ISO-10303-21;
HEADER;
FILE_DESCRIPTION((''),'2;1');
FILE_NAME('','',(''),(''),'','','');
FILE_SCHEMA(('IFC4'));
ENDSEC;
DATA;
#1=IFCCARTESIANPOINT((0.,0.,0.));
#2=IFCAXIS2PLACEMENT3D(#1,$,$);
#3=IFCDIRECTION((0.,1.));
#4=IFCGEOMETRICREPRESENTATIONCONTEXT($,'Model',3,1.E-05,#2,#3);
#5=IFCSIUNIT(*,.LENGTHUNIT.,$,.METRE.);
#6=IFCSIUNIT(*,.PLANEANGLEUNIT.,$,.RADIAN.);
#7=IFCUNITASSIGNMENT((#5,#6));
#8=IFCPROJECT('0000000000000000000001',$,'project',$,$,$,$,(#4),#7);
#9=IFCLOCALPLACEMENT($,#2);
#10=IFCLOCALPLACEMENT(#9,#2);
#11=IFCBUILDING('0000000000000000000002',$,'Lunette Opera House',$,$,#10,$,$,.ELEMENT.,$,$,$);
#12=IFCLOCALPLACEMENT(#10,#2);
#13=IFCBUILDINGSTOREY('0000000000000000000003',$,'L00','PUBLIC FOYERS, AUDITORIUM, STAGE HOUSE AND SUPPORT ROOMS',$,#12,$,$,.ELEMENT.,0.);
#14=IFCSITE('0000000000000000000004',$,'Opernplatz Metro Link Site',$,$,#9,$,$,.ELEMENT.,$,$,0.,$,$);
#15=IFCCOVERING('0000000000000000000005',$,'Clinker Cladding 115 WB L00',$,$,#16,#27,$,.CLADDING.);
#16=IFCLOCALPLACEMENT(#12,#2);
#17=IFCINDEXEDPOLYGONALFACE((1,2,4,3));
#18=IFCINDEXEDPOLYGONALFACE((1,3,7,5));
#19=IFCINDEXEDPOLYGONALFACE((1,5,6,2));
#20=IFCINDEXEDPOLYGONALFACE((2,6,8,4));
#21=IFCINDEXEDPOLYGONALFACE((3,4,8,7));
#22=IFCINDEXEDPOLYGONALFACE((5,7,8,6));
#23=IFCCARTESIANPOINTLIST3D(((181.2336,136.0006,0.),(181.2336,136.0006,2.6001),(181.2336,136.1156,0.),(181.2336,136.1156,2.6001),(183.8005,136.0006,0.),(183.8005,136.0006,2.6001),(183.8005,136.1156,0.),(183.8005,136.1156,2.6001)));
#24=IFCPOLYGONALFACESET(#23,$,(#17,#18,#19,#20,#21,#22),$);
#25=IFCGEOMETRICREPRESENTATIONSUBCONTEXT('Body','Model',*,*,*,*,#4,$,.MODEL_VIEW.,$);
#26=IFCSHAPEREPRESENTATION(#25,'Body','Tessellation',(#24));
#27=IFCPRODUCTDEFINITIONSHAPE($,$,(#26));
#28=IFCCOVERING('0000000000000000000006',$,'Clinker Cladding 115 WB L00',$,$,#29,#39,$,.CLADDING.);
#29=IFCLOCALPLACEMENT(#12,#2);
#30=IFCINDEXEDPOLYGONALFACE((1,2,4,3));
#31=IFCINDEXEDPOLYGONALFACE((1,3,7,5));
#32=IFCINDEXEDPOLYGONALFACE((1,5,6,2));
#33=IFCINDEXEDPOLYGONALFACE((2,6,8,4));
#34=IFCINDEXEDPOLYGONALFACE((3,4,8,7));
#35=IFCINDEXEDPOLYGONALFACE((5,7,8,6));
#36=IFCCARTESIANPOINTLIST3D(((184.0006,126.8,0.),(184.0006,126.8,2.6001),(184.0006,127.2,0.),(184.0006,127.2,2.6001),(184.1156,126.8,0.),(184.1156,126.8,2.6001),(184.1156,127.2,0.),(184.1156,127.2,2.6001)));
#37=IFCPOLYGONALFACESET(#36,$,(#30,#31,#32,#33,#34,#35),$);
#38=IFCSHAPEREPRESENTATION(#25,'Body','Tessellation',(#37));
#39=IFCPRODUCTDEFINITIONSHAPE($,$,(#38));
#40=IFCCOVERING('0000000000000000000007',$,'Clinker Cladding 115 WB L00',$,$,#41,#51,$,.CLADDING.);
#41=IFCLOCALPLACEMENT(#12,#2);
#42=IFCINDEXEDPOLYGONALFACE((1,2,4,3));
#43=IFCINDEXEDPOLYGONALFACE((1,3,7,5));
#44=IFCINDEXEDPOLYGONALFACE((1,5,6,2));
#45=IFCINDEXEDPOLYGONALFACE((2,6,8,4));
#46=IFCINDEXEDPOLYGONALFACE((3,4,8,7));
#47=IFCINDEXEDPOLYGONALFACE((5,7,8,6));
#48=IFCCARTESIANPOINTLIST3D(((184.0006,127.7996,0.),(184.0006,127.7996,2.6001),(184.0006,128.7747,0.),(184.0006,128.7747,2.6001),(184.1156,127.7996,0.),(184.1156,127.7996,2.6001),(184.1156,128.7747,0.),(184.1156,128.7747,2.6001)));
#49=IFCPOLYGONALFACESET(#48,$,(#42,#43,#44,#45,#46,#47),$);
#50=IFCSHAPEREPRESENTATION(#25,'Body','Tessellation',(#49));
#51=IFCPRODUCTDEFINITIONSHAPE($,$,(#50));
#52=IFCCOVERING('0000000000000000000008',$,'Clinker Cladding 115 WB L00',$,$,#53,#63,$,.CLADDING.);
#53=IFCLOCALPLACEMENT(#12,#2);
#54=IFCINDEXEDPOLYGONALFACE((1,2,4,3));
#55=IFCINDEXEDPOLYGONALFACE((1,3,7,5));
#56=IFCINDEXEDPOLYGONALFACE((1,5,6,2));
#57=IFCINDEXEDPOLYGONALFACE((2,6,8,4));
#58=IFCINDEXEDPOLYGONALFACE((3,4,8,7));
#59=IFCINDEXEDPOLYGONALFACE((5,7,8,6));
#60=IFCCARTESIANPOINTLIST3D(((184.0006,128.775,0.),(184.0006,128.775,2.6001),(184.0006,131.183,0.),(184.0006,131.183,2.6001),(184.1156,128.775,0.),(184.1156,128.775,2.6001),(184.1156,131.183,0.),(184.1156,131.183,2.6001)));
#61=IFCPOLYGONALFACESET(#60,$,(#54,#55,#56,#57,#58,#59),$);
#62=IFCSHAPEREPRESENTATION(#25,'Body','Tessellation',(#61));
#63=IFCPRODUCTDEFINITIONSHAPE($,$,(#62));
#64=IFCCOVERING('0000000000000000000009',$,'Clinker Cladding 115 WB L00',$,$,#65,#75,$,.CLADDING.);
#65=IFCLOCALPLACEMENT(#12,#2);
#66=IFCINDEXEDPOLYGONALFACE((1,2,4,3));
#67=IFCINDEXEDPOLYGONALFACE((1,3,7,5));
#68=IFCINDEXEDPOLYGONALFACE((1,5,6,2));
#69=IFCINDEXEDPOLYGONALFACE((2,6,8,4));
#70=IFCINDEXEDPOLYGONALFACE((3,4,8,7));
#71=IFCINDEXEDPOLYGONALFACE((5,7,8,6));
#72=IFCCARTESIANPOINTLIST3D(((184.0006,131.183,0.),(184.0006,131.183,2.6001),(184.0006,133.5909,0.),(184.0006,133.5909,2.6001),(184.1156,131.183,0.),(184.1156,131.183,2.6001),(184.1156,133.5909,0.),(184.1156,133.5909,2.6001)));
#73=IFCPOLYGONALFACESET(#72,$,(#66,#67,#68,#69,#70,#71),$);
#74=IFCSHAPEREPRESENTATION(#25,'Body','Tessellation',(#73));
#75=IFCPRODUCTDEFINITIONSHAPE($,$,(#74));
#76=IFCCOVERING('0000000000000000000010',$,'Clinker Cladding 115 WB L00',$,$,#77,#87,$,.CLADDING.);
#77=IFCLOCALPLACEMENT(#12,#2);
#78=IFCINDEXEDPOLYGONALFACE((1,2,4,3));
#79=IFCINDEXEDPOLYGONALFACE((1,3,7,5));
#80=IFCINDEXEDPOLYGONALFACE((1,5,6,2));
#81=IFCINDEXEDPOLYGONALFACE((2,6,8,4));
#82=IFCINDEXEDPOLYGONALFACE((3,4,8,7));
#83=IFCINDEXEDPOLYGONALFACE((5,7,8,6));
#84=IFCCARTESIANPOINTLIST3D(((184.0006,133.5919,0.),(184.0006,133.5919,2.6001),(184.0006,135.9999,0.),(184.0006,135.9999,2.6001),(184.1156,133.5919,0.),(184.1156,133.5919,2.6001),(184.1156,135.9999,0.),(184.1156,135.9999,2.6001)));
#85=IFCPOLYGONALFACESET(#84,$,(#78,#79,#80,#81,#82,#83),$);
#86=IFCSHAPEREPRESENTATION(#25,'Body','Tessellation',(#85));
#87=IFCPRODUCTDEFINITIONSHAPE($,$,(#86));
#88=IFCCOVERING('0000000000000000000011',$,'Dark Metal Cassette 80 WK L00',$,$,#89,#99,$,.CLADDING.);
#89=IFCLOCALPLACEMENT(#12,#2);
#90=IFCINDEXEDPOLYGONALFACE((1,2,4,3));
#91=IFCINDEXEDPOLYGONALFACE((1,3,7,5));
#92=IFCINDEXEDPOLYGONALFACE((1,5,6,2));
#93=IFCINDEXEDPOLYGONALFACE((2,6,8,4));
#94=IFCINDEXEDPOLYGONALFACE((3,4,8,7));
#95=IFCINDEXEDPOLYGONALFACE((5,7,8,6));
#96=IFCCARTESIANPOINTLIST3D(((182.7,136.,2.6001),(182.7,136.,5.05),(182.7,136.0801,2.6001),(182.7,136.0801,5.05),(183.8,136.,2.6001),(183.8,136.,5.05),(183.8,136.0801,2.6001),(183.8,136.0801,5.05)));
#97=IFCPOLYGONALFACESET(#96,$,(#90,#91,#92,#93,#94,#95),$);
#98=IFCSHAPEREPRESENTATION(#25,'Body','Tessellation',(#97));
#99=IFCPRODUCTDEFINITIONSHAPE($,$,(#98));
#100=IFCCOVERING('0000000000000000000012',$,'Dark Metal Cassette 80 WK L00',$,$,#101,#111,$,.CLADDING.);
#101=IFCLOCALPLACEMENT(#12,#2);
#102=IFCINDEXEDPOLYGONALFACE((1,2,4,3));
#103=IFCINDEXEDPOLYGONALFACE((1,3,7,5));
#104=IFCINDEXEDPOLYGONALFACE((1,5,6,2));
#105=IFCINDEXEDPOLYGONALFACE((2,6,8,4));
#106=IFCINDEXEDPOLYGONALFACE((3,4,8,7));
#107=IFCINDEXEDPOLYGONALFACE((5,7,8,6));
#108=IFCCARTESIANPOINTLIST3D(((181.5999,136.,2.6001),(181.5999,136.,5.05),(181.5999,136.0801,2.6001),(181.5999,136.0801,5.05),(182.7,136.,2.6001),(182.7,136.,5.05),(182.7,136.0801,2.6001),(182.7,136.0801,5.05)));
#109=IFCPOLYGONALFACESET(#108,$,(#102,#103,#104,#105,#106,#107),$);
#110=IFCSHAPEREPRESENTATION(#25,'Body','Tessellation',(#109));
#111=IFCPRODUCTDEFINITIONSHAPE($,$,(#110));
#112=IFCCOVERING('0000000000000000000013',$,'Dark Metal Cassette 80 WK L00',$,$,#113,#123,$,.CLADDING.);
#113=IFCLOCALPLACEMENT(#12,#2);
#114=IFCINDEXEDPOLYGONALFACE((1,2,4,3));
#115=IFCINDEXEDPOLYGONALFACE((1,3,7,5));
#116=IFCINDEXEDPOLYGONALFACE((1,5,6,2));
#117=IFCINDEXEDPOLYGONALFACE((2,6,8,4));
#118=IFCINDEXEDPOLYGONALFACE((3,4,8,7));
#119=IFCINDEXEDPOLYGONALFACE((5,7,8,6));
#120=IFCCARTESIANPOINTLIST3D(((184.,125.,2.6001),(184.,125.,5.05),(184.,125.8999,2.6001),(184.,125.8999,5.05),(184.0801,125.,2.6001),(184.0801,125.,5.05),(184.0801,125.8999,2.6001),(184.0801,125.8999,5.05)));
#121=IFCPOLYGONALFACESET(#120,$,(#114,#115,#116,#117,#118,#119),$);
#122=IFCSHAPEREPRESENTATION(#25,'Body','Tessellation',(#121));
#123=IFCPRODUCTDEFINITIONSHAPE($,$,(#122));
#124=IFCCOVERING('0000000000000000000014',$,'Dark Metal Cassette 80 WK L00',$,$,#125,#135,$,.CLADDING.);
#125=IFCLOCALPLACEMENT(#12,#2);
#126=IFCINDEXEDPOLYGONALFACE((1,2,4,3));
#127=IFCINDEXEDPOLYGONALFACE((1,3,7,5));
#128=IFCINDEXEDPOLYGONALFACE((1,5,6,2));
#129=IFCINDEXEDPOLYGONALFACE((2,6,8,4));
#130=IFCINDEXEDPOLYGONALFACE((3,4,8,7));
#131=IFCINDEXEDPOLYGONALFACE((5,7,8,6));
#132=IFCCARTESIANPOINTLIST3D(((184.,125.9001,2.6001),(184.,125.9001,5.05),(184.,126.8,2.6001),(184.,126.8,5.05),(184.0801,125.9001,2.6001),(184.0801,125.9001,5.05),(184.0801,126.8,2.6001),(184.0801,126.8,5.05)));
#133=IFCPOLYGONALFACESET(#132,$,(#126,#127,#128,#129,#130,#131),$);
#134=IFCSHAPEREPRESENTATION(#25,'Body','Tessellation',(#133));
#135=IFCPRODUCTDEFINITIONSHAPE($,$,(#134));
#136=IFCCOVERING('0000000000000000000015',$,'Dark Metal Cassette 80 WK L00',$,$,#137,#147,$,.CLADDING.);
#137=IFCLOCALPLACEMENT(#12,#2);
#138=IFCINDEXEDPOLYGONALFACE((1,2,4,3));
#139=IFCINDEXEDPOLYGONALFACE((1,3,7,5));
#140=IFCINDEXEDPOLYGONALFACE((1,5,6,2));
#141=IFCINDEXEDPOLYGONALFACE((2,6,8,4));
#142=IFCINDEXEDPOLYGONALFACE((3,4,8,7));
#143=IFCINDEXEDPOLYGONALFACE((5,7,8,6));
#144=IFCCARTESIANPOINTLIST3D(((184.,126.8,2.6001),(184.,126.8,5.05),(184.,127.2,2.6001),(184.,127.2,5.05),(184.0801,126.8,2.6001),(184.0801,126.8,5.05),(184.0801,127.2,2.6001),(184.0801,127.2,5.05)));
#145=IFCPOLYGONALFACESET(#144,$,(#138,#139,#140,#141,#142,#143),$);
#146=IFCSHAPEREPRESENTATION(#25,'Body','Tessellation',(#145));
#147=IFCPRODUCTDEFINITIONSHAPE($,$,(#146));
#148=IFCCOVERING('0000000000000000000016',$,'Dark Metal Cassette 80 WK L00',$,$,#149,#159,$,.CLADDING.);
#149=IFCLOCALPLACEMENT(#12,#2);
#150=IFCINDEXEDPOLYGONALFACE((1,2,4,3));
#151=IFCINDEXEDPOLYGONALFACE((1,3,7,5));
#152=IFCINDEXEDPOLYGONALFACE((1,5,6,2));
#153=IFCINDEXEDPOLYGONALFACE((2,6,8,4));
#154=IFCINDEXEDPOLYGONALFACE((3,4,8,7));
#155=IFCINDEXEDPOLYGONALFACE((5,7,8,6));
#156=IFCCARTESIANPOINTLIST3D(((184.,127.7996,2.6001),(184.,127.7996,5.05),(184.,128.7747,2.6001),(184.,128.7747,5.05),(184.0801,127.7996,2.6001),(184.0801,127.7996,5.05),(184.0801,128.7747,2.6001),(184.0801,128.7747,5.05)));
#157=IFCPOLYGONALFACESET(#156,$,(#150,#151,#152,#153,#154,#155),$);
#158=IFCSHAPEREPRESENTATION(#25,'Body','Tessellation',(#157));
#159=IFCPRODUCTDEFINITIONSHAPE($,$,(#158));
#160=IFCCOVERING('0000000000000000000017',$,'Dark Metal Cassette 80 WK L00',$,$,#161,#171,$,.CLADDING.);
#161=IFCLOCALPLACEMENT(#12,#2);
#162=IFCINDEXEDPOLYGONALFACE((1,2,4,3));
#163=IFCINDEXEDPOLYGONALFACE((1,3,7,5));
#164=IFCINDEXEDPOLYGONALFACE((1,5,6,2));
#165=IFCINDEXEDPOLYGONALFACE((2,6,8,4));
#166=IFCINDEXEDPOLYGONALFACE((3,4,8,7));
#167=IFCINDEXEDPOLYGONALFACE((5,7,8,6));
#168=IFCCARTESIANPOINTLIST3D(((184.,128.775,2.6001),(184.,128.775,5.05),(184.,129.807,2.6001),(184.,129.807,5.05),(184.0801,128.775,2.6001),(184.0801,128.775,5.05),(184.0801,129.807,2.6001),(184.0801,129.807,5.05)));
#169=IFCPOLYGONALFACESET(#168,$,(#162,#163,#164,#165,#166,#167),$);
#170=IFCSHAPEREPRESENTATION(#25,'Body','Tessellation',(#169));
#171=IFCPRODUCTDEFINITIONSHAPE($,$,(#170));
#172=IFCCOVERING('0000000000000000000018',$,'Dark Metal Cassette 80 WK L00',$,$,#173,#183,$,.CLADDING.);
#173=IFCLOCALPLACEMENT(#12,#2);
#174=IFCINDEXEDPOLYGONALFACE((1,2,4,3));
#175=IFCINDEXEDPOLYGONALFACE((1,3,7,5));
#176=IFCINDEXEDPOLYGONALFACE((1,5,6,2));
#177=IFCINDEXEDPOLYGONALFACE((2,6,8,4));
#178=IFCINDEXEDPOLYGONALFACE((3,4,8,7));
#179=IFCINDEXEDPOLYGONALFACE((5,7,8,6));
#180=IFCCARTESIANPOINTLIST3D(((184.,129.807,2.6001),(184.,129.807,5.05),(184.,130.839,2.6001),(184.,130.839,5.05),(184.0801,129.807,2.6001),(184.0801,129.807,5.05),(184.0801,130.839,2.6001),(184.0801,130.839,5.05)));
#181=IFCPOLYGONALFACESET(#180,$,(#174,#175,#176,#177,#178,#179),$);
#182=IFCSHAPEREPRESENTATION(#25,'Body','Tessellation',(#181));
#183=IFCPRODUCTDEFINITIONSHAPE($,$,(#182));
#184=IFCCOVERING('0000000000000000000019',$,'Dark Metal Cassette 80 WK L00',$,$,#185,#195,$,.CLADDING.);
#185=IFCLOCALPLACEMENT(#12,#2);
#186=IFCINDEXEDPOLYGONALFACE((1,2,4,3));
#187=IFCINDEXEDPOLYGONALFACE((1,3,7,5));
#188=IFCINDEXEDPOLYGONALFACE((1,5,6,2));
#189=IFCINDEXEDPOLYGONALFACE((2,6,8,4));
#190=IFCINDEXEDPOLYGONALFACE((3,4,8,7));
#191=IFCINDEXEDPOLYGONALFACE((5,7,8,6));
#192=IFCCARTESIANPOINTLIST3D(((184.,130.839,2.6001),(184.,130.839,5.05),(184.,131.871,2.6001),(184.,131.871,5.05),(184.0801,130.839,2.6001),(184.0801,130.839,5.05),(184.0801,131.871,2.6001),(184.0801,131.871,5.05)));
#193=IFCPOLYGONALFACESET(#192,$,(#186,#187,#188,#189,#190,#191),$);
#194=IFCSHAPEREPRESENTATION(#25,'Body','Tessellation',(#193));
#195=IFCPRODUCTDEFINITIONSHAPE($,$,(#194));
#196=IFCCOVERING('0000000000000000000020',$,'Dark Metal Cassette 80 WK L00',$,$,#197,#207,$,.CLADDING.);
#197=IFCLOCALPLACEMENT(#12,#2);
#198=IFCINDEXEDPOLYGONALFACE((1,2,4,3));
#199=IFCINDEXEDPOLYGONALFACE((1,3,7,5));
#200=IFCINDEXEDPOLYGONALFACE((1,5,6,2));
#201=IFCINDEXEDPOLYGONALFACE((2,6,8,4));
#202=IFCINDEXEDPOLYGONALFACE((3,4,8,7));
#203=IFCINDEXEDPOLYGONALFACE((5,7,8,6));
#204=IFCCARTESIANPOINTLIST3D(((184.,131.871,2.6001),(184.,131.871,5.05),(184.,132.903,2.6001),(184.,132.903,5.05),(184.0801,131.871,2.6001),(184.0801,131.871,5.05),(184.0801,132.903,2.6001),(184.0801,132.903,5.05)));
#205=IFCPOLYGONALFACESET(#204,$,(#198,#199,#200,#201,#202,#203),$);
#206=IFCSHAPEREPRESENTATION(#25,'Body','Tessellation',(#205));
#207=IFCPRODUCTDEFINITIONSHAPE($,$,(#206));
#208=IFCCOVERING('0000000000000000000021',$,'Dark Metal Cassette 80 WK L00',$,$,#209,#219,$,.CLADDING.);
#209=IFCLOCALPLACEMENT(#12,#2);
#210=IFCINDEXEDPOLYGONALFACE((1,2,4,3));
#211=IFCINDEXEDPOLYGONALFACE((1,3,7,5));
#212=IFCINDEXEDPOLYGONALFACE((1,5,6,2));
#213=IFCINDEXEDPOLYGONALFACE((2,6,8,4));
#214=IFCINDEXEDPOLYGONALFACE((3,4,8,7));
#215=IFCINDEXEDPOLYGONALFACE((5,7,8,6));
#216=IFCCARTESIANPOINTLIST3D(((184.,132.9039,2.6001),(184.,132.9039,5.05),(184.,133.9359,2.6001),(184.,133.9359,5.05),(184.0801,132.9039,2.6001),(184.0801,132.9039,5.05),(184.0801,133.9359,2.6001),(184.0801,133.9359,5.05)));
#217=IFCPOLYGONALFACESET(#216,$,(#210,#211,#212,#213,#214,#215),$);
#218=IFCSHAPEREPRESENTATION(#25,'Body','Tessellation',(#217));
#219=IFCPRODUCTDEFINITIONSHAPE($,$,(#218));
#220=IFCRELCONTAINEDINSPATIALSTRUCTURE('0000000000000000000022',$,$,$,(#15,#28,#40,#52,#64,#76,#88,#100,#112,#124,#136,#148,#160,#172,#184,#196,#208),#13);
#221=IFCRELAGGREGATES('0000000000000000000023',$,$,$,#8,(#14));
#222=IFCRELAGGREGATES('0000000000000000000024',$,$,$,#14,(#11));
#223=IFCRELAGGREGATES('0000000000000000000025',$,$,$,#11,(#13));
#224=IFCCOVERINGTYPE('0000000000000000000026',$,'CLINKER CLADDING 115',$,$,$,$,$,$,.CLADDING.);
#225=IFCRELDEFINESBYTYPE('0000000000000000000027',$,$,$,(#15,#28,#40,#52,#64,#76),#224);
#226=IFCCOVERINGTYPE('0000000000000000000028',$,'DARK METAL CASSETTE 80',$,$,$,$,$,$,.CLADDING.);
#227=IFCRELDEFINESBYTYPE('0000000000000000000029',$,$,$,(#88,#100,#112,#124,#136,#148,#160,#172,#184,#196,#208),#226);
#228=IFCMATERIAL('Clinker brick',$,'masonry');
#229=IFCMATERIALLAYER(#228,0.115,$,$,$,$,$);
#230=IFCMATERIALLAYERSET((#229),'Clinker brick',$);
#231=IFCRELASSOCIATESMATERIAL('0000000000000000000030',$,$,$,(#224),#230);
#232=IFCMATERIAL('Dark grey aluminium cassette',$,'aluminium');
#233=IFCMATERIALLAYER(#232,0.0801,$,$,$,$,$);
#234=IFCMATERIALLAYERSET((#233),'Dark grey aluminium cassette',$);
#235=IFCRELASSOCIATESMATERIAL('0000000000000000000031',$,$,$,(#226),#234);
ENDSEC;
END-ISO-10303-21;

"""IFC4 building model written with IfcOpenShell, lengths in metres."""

from ifc_helpers import new_model, si_unit, direction, frame, origin, origin_2d, place, context, subcontext, project, spatial, rectangle, extrude, material, layer, layer_set, type_object, element, save


model = new_model("IFC4")

# Units and contexts
model_context = context("Model", 3, precision=1e-05, world=origin(), true_north=direction((0.0, 1.0)))
body_context = subcontext(model_context, "Body", "Model", "MODEL_VIEW")
ifc_project = project(units=[si_unit("LENGTHUNIT", "METRE"), si_unit("PLANEANGLEUNIT", "RADIAN")], contexts=[model_context])

# Site, building, storey
site_placement = place(None, origin())
site = spatial("IfcSite", under=ifc_project, at=site_placement, Name="Opernplatz Metro Link Site", CompositionType="ELEMENT", RefElevation=0.0)
building_placement = place(site_placement, origin())
building = spatial("IfcBuilding", under=site, at=building_placement, Name="Lunette Opera House", CompositionType="ELEMENT")
storey_placement = place(building_placement, origin())
storey = spatial("IfcBuildingStorey", under=building, at=storey_placement, Name="L00", Description="PUBLIC FOYERS, AUDITORIUM, STAGE HOUSE AND SUPPORT ROOMS", CompositionType="ELEMENT", Elevation=0.0)

# Coverings
ifc_material_1 = material(Name="Clinker brick", Category="masonry")
ifc_layer_1 = layer(ifc_material_1, 0.115)
ifc_layer_set_1 = layer_set([ifc_layer_1], Name="Clinker brick")
covering_type_1 = type_object("IfcCoveringType", Name="CLINKER CLADDING 115", PredefinedType="CLADDING", material=ifc_layer_set_1)
covering_1_placement = place(storey_placement, frame((182.5171, 136.0581, 0.0), z_axis=(0.0, 0.0, 1.0), x_axis=(-1.0, 0.0, 0.0)))
element("IfcCovering", 1, at=covering_1_placement, inside=storey, type_object=covering_type_1, Name="Clinker Cladding 115 WB L00", PredefinedType="CLADDING", context=body_context, shape_type="SweptSolid", body=[
    extrude(rectangle(XDim=2.5669, YDim=0.115, at=origin_2d()), origin(), (0.0, 0.0, 1.0), 2.6001),
])
covering_2_placement = place(storey_placement, frame((184.0581, 127.0, 0.0), z_axis=(0.0, 0.0, 1.0), x_axis=(0.0, 1.0, 0.0)))
element("IfcCovering", 2, at=covering_2_placement, inside=storey, type_object=covering_type_1, Name="Clinker Cladding 115 WB L00", PredefinedType="CLADDING", context=body_context, shape_type="SweptSolid", body=[
    extrude(rectangle(XDim=0.3999, YDim=0.115, at=origin_2d()), origin(), (0.0, 0.0, 1.0), 2.6001),
])
covering_3_placement = place(storey_placement, frame((184.0581, 128.2871, 0.0), z_axis=(0.0, 0.0, 1.0), x_axis=(0.0, 1.0, 0.0)))
element("IfcCovering", 3, at=covering_3_placement, inside=storey, type_object=covering_type_1, Name="Clinker Cladding 115 WB L00", PredefinedType="CLADDING", context=body_context, shape_type="SweptSolid", body=[
    extrude(rectangle(XDim=0.9751, YDim=0.115, at=origin_2d()), origin(), (0.0, 0.0, 1.0), 2.6001),
])
for number, where, z_axis, x_axis, name in (
    (4, (184.0581, 129.979, 0.0), (0.0, 0.0, 1.0), (0.0, 1.0, 0.0), "Clinker Cladding 115 WB L00"),
    (5, (184.0581, 132.387, 0.0), (0.0, 0.0, 1.0), (0.0, 1.0, 0.0), "Clinker Cladding 115 WB L00"),
    (6, (184.0581, 134.7959, 0.0), (0.0, 0.0, 1.0), (0.0, 1.0, 0.0), "Clinker Cladding 115 WB L00"),
):
    element("IfcCovering", number, at=place(storey_placement, frame(where, z_axis=z_axis, x_axis=x_axis)), inside=storey, type_object=covering_type_1, Name=name, PredefinedType="CLADDING", context=body_context, shape_type="SweptSolid", body=[
        extrude(rectangle(XDim=2.408, YDim=0.115, at=origin_2d()), origin(), (0.0, 0.0, 1.0), 2.6001),
    ])
ifc_material_2 = material(Name="Dark grey aluminium cassette", Category="aluminium")
ifc_layer_2 = layer(ifc_material_2, 0.0801)
ifc_layer_set_2 = layer_set([ifc_layer_2], Name="Dark grey aluminium cassette")
covering_type_2 = type_object("IfcCoveringType", Name="DARK METAL CASSETTE 80", PredefinedType="CLADDING", material=ifc_layer_set_2)
for number, where, z_axis, x_axis, name in (
    (7, (183.25, 136.04, 2.6001), (0.0, 0.0, 1.0), (-1.0, 0.0, 0.0), "Dark Metal Cassette 80 WK L00"),
    (8, (182.1499, 136.04, 2.6001), (0.0, 0.0, 1.0), (-1.0, 0.0, 0.0), "Dark Metal Cassette 80 WK L00"),
):
    element("IfcCovering", number, at=place(storey_placement, frame(where, z_axis=z_axis, x_axis=x_axis)), inside=storey, type_object=covering_type_2, Name=name, PredefinedType="CLADDING", context=body_context, shape_type="SweptSolid", body=[
        extrude(rectangle(XDim=1.1001, YDim=0.0801, at=origin_2d()), origin(), (0.0, 0.0, 1.0), 2.45),
    ])
for number, where, z_axis, x_axis, name in (
    (9, (184.04, 125.45, 2.6001), (0.0, 0.0, 1.0), (0.0, 1.0, 0.0), "Dark Metal Cassette 80 WK L00"),
    (10, (184.04, 126.3501, 2.6001), (0.0, 0.0, 1.0), (0.0, 1.0, 0.0), "Dark Metal Cassette 80 WK L00"),
):
    element("IfcCovering", number, at=place(storey_placement, frame(where, z_axis=z_axis, x_axis=x_axis)), inside=storey, type_object=covering_type_2, Name=name, PredefinedType="CLADDING", context=body_context, shape_type="SweptSolid", body=[
        extrude(rectangle(XDim=0.8999, YDim=0.0801, at=origin_2d()), origin(), (0.0, 0.0, 1.0), 2.45),
    ])
covering_4_placement = place(storey_placement, frame((184.04, 127.0, 2.6001), z_axis=(0.0, 0.0, 1.0), x_axis=(0.0, 1.0, 0.0)))
element("IfcCovering", 11, at=covering_4_placement, inside=storey, type_object=covering_type_2, Name="Dark Metal Cassette 80 WK L00", PredefinedType="CLADDING", context=body_context, shape_type="SweptSolid", body=[
    extrude(rectangle(XDim=0.3999, YDim=0.0801, at=origin_2d()), origin(), (0.0, 0.0, 1.0), 2.45),
])
covering_5_placement = place(storey_placement, frame((184.04, 128.2871, 2.6001), z_axis=(0.0, 0.0, 1.0), x_axis=(0.0, 1.0, 0.0)))
element("IfcCovering", 12, at=covering_5_placement, inside=storey, type_object=covering_type_2, Name="Dark Metal Cassette 80 WK L00", PredefinedType="CLADDING", context=body_context, shape_type="SweptSolid", body=[
    extrude(rectangle(XDim=0.9751, YDim=0.0801, at=origin_2d()), origin(), (0.0, 0.0, 1.0), 2.45),
])
for number, where, z_axis, x_axis, name in (
    (13, (184.04, 129.291, 2.6001), (0.0, 0.0, 1.0), (0.0, 1.0, 0.0), "Dark Metal Cassette 80 WK L00"),
    (14, (184.04, 130.323, 2.6001), (0.0, 0.0, 1.0), (0.0, 1.0, 0.0), "Dark Metal Cassette 80 WK L00"),
    (15, (184.04, 131.355, 2.6001), (0.0, 0.0, 1.0), (0.0, 1.0, 0.0), "Dark Metal Cassette 80 WK L00"),
    (16, (184.04, 132.387, 2.6001), (0.0, 0.0, 1.0), (0.0, 1.0, 0.0), "Dark Metal Cassette 80 WK L00"),
    (17, (184.04, 133.4199, 2.6001), (0.0, 0.0, 1.0), (0.0, 1.0, 0.0), "Dark Metal Cassette 80 WK L00"),
):
    element("IfcCovering", number, at=place(storey_placement, frame(where, z_axis=z_axis, x_axis=x_axis)), inside=storey, type_object=covering_type_2, Name=name, PredefinedType="CLADDING", context=body_context, shape_type="SweptSolid", body=[
        extrude(rectangle(XDim=1.032, YDim=0.0801, at=origin_2d()), origin(), (0.0, 0.0, 1.0), 2.45),
    ])

save(model, "model.ifc")
